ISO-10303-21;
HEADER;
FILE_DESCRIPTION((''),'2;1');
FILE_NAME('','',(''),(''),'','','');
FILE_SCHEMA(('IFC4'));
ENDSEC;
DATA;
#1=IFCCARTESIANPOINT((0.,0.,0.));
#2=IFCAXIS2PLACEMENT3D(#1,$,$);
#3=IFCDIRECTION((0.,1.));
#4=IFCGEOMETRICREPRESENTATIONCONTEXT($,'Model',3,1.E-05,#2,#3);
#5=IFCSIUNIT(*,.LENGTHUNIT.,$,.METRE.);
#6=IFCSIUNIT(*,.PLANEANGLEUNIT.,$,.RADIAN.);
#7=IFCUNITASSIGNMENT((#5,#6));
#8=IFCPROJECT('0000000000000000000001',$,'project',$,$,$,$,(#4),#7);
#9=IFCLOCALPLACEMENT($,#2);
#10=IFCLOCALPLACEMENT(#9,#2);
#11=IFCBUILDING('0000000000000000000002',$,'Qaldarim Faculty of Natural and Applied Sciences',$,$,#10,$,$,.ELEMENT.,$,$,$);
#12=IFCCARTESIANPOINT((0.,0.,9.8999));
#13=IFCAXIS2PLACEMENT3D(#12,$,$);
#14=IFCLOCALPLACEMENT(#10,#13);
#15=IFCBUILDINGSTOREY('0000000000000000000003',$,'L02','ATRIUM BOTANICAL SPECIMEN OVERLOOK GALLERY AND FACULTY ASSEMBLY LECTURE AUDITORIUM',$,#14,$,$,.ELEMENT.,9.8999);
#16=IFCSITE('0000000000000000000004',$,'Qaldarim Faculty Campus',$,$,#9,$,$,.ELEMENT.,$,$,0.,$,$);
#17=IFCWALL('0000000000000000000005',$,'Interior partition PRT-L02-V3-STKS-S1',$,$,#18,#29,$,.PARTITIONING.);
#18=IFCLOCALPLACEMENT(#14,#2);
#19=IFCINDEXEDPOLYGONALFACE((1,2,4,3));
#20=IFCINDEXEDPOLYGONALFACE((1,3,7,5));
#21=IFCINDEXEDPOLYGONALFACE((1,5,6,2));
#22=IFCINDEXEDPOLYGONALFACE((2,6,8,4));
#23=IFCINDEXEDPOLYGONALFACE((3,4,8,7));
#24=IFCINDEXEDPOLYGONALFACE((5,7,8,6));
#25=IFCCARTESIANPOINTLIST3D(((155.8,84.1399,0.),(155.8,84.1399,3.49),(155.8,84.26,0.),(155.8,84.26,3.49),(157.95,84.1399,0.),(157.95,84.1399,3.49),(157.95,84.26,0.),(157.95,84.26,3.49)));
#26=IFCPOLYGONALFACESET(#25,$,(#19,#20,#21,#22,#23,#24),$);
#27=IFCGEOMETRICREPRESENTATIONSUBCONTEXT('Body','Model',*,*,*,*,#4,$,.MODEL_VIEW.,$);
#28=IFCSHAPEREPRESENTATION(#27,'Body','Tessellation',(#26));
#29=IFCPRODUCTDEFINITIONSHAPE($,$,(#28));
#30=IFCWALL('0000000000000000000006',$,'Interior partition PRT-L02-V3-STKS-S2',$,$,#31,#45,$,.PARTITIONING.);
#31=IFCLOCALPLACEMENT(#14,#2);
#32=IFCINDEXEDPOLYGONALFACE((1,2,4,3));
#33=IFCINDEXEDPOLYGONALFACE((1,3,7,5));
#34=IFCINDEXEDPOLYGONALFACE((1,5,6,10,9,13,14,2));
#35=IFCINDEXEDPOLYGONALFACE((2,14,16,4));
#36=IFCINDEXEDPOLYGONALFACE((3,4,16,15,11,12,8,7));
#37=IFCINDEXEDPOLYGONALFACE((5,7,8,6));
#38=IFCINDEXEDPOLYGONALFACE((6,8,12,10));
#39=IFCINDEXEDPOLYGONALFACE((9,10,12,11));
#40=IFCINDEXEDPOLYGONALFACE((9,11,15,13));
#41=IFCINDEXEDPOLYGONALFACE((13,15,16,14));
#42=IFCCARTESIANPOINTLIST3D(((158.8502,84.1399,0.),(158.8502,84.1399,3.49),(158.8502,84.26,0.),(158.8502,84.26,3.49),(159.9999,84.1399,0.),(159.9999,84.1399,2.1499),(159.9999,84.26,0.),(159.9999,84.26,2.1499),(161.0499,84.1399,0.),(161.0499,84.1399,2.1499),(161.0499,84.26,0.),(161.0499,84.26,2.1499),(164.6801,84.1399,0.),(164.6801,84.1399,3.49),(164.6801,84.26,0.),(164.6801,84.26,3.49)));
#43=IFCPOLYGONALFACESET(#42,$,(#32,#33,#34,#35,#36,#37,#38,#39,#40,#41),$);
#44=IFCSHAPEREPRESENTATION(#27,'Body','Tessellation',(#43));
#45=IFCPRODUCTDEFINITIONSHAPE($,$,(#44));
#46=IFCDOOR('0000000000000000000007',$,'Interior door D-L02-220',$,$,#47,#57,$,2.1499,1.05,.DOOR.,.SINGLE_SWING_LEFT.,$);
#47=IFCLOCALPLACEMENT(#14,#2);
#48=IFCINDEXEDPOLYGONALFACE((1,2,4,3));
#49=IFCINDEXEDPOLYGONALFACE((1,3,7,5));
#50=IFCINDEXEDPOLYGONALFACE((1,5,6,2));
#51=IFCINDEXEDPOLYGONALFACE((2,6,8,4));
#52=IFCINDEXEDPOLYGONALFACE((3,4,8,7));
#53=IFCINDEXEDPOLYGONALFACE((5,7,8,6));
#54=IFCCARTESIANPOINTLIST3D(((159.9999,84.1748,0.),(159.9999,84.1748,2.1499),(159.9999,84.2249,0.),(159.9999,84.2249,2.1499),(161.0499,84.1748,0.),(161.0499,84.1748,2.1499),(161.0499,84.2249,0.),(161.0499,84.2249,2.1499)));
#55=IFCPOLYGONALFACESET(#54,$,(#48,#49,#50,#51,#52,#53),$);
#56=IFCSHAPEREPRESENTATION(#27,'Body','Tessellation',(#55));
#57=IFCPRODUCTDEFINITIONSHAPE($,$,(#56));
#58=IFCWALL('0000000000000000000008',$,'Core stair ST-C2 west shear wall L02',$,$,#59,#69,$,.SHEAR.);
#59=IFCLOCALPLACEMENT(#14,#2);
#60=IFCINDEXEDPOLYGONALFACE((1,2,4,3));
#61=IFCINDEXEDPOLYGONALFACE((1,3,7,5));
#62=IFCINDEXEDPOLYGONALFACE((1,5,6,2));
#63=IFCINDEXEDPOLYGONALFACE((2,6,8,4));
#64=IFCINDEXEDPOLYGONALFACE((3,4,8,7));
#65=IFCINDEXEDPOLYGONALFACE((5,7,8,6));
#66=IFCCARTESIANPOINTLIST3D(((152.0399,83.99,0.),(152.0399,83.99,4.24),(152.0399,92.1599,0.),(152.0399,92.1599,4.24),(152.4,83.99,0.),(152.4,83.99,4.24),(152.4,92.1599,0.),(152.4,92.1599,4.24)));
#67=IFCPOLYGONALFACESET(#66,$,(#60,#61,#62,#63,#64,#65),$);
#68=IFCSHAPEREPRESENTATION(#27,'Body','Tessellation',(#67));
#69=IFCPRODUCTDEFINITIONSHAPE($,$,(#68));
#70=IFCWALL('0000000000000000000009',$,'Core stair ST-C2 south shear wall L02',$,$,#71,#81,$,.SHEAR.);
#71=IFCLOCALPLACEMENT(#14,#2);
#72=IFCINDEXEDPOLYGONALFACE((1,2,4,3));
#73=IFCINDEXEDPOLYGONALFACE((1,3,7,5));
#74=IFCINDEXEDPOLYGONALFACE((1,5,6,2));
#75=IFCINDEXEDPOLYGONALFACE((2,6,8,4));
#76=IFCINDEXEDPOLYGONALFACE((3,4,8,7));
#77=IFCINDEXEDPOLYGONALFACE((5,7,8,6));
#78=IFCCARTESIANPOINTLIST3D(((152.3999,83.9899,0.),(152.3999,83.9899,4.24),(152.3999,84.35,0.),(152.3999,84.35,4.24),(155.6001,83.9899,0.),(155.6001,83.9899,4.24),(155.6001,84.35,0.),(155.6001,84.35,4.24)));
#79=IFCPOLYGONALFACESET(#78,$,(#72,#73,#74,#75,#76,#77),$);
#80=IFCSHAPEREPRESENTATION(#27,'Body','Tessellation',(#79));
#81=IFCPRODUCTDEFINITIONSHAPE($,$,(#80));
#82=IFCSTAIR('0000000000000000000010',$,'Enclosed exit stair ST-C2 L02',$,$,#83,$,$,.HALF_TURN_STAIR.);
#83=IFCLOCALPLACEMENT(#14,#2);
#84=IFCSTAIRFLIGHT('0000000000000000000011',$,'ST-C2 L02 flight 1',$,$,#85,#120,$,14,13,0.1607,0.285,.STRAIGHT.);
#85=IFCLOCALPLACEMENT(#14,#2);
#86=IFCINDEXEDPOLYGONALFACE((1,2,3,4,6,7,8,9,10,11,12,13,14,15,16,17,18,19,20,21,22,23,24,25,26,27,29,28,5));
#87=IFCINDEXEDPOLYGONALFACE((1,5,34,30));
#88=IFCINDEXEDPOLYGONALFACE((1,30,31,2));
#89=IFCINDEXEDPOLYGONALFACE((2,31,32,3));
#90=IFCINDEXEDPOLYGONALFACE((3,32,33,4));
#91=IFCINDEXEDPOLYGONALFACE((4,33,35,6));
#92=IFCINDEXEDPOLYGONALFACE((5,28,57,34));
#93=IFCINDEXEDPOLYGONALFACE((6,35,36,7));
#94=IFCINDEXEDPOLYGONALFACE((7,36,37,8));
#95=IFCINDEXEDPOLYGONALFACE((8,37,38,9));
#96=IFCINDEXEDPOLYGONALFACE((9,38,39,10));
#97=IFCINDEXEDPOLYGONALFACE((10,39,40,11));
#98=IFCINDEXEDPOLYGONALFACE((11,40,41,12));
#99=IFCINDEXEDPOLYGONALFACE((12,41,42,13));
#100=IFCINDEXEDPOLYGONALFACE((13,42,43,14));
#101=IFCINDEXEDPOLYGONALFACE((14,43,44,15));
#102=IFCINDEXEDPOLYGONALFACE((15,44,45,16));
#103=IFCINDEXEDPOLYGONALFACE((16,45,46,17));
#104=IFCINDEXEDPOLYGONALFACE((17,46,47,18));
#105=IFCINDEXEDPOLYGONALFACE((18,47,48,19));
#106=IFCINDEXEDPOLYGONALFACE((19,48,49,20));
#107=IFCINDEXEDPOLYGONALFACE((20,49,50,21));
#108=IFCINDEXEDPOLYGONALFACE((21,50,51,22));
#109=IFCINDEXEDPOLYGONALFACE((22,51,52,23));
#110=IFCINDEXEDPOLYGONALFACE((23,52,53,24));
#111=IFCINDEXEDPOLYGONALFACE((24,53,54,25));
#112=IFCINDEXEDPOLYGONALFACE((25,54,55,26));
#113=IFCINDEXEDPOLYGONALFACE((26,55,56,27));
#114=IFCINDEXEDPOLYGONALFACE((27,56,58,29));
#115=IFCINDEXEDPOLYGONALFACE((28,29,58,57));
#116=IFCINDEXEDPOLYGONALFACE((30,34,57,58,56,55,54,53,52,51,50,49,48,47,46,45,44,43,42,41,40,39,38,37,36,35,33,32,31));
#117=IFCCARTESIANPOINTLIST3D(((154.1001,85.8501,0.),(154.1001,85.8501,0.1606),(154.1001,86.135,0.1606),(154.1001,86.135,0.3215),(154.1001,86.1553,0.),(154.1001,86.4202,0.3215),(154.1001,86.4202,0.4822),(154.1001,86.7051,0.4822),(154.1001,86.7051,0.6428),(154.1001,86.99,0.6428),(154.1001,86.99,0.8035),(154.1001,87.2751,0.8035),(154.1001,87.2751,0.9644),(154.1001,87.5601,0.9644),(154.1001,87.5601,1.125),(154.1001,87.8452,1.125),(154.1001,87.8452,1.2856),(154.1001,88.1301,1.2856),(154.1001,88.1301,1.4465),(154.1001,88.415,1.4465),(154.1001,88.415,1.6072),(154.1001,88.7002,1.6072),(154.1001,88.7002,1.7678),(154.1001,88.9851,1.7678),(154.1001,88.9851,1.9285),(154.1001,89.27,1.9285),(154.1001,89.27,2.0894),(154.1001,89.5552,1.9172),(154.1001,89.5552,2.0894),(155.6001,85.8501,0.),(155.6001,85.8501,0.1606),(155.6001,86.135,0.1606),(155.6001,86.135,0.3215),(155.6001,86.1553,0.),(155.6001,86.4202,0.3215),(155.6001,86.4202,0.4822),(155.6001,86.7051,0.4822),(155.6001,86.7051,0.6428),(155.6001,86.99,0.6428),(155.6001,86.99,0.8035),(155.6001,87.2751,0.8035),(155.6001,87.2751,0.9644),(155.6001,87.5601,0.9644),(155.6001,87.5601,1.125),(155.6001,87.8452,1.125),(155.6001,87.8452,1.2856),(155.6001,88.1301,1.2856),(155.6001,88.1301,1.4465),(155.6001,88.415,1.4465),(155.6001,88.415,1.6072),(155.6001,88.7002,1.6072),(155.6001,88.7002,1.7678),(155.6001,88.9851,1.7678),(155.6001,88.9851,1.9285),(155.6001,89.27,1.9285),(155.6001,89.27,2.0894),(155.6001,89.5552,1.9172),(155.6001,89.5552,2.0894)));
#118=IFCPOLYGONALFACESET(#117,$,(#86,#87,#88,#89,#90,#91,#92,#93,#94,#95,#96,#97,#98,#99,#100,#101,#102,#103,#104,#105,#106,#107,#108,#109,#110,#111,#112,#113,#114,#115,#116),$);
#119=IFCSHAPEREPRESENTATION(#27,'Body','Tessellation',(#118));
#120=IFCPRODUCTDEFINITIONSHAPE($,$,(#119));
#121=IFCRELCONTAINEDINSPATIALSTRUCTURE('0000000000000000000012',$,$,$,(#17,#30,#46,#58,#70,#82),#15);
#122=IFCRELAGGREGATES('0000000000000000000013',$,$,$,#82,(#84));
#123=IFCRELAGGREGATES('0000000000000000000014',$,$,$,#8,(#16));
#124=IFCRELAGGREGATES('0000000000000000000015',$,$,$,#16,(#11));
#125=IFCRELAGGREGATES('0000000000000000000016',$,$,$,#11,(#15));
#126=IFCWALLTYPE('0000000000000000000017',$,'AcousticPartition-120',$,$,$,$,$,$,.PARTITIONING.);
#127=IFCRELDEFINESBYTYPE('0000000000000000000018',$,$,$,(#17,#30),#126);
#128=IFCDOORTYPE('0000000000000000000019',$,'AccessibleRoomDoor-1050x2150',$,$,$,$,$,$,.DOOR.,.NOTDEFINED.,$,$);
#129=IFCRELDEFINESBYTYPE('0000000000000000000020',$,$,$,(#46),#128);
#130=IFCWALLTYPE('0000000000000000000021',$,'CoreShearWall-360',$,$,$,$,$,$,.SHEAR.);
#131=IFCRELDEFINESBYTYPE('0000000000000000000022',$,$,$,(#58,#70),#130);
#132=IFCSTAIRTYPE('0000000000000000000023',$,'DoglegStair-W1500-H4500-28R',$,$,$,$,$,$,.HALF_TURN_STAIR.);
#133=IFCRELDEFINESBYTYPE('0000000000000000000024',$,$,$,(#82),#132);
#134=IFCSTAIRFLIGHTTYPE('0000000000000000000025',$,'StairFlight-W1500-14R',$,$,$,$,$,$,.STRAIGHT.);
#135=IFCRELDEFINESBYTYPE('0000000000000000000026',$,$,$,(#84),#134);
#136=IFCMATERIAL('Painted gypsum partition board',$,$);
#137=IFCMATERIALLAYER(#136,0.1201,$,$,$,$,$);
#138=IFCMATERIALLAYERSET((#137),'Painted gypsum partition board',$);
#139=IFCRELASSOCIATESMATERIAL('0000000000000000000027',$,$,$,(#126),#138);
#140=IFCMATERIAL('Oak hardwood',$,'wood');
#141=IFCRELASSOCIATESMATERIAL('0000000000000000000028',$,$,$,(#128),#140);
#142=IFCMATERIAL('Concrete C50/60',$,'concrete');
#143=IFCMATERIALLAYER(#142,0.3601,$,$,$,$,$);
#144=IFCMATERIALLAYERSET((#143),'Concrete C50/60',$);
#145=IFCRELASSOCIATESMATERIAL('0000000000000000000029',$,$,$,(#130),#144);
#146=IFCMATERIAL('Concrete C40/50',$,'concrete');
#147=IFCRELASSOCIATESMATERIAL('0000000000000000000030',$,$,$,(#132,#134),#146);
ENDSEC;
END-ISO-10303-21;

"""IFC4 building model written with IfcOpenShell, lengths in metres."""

from ifc_helpers import new_model, si_unit, direction, frame, frame_2d, origin, place, context, subcontext, project, spatial, polyline, rectangle, outline, extrude, material, layer, layer_set, type_object, element, fill, aggregate, save


model = new_model("IFC4")

# Units and contexts
model_context = context("Model", 3, precision=1e-05, world=origin(), true_north=direction((0.0, 1.0)))
body_context = subcontext(model_context, "Body", "Model", "MODEL_VIEW")
ifc_project = project(units=[si_unit("LENGTHUNIT", "METRE"), si_unit("PLANEANGLEUNIT", "RADIAN")], contexts=[model_context])

# Site, building, storey
site_placement = place(None, origin())
site = spatial("IfcSite", under=ifc_project, at=site_placement, Name="Qaldarim Faculty Campus", CompositionType="ELEMENT", RefElevation=0.0)
building_placement = place(site_placement, origin())
building = spatial("IfcBuilding", under=site, at=building_placement, Name="Qaldarim Faculty of Natural and Applied Sciences", CompositionType="ELEMENT")
storey_placement = place(building_placement, frame((0.0, 0.0, 9.8999)))
storey = spatial("IfcBuildingStorey", under=building, at=storey_placement, Name="L02", Description="ATRIUM BOTANICAL SPECIMEN OVERLOOK GALLERY AND FACULTY ASSEMBLY LECTURE AUDITORIUM", CompositionType="ELEMENT", Elevation=9.8999)

# Shared definitions
ifc_material_1 = material(Name="Concrete C50/60", Category="concrete")

# Shared definitions
ifc_material_2 = material(Name="Concrete C40/50", Category="concrete")

# Wall
ifc_material_3 = material(Name="Painted gypsum partition board")
ifc_layer_1 = layer(ifc_material_3, 0.1201)
ifc_layer_set_1 = layer_set([ifc_layer_1], Name="Painted gypsum partition board")
wall_type_1 = type_object("IfcWallType", Name="AcousticPartition-120", PredefinedType="PARTITIONING", material=ifc_layer_set_1)
wall_1_placement = place(storey_placement, frame((155.8, 84.2, 0.0), z_axis=(0.0, 0.0, 1.0), x_axis=(1.0, 0.0, 0.0)))
element("IfcWall", 1, at=wall_1_placement, inside=storey, type_object=wall_type_1, Name="Interior partition PRT-L02-V3-STKS-S1", PredefinedType="PARTITIONING", context=body_context, shape_type="SweptSolid", body=[
    extrude(rectangle(XDim=2.1499, YDim=0.1201, at=frame_2d((1.075, 0.0))), origin(), (0.0, 0.0, 1.0), 3.49),
])

# Wall, opening, door
wall_2_placement = place(storey_placement, frame((158.8501, 84.2, 0.0), z_axis=(0.0, 0.0, 1.0), x_axis=(1.0, 0.0, 0.0)))
wall_2 = element("IfcWall", 2, at=wall_2_placement, inside=storey, type_object=wall_type_1, Name="Interior partition PRT-L02-V3-STKS-S2", PredefinedType="PARTITIONING", context=body_context, shape_type="SweptSolid", body=[
    extrude(rectangle(XDim=5.8298, YDim=0.1201, at=frame_2d((2.915, 0.0))), origin(), (0.0, 0.0, 1.0), 3.49),
])
opening_1_placement = place(wall_2_placement, frame((1.1499, 0.0, 0.0)))
opening_1 = element("IfcOpeningElement", 3, at=opening_1_placement, cuts=wall_2, PredefinedType="OPENING", context=body_context, shape_type="SweptSolid", body=[
    extrude(rectangle(XDim=1.05, YDim=2.1499, at=frame_2d((0.5249, 1.075))), frame((0.0, 0.0701, 0.0), z_axis=(0.0, -1.0, 0.0), x_axis=(1.0, 0.0, 0.0)), (0.0, 0.0, 1.0), 0.1401),
])
ifc_material_4 = material(Name="Oak hardwood", Category="wood")
door_type_1 = type_object("IfcDoorType", Name="AccessibleRoomDoor-1050x2150", OperationType="NOTDEFINED", PredefinedType="DOOR", material=ifc_material_4)
door_1_placement = place(opening_1_placement, origin())
door_1 = element("IfcDoor", 4, at=door_1_placement, inside=storey, type_object=door_type_1, Name="Interior door D-L02-220", OperationType="SINGLE_SWING_LEFT", OverallHeight=2.1499, OverallWidth=1.05, PredefinedType="DOOR", context=body_context, shape_type="SweptSolid", body=[
    extrude(rectangle(XDim=1.05, YDim=2.1499, at=frame_2d((0.5249, 1.075))), frame((0.0, 0.0249, 0.0), z_axis=(0.0, -1.0, 0.0), x_axis=(1.0, 0.0, 0.0)), (0.0, 0.0, 1.0), 0.05),
])
fill(opening_1, door_1)

# Wall
ifc_layer_2 = layer(ifc_material_1, 0.3601)
ifc_layer_set_2 = layer_set([ifc_layer_2], Name="Concrete C50/60")
wall_type_2 = type_object("IfcWallType", Name="CoreShearWall-360", PredefinedType="SHEAR", material=ifc_layer_set_2)
wall_3_placement = place(storey_placement, frame((152.22, 83.99, 0.0), z_axis=(0.0, 0.0, 1.0), x_axis=(0.0, 1.0, 0.0)))
element("IfcWall", 5, at=wall_3_placement, inside=storey, type_object=wall_type_2, Name="Core stair ST-C2 west shear wall L02", PredefinedType="SHEAR", context=body_context, shape_type="SweptSolid", body=[
    extrude(rectangle(XDim=8.1699, YDim=0.3601, at=frame_2d((4.085, 0.0))), origin(), (0.0, 0.0, 1.0), 4.24),
])

# Wall
wall_4_placement = place(storey_placement, frame((152.3999, 84.1699, 0.0), z_axis=(0.0, 0.0, 1.0), x_axis=(1.0, 0.0, 0.0)))
element("IfcWall", 6, at=wall_4_placement, inside=storey, type_object=wall_type_2, Name="Core stair ST-C2 south shear wall L02", PredefinedType="SHEAR", context=body_context, shape_type="SweptSolid", body=[
    extrude(rectangle(XDim=3.2002, YDim=0.3601, at=frame_2d((1.6001, 0.0))), origin(), (0.0, 0.0, 1.0), 4.24),
])

# Stair, stair flight
stair_type = type_object("IfcStairType", Name="DoglegStair-W1500-H4500-28R", PredefinedType="HALF_TURN_STAIR", material=ifc_material_2)
stair_placement = place(storey_placement, origin())
stair = element("IfcStair", 7, at=stair_placement, inside=storey, type_object=stair_type, Name="Enclosed exit stair ST-C2 L02", PredefinedType="HALF_TURN_STAIR")
stair_flight_type = type_object("IfcStairFlightType", Name="StairFlight-W1500-14R", PredefinedType="STRAIGHT", material=ifc_material_2)
stair_flight_placement = place(storey_placement, frame((154.8501, 85.8501, 0.0), z_axis=(0.0, 0.0, 1.0), x_axis=(0.0, 1.0, 0.0)))
stair_flight = element("IfcStairFlight", 8, at=stair_flight_placement, type_object=stair_flight_type, Name="ST-C2 L02 flight 1", NumberOfRisers=14, NumberOfTreads=13, PredefinedType="STRAIGHT", RiserHeight=0.1607, TreadLength=0.285, context=body_context, shape_type="SweptSolid", body=[
    extrude(outline(polyline([(0.0, 0.0), (0.0, 0.1606), (0.2849, 0.1606), (0.2849, 0.3215), (0.5701, 0.3215), (0.5701, 0.4822), (0.855, 0.4822), (0.855, 0.6428), (1.1399, 0.6428), (1.1399, 0.8035), (1.425, 0.8035), (1.425, 0.9644), (1.71, 0.9644), (1.71, 1.125), (1.9951, 1.125), (1.9951, 1.2856), (2.28, 1.2856), (2.28, 1.4465), (2.5649, 1.4465), (2.5649, 1.6072), (2.8501, 1.6072), (2.8501, 1.7678), (3.135, 1.7678), (3.135, 1.9285), (3.4199, 1.9285), (3.4199, 2.0894), (3.7051, 2.0894), (3.7051, 2.25), (3.7051, 1.9172), (0.3052, 0.0), (0.0, 0.0)])), frame((0.0, 0.75, 0.0), z_axis=(0.0, -1.0, 0.0), x_axis=(1.0, 0.0, 0.0)), (0.0, 0.0, 1.0), 1.5),
])
aggregate(stair, [stair_flight])

save(model, "model.ifc")
